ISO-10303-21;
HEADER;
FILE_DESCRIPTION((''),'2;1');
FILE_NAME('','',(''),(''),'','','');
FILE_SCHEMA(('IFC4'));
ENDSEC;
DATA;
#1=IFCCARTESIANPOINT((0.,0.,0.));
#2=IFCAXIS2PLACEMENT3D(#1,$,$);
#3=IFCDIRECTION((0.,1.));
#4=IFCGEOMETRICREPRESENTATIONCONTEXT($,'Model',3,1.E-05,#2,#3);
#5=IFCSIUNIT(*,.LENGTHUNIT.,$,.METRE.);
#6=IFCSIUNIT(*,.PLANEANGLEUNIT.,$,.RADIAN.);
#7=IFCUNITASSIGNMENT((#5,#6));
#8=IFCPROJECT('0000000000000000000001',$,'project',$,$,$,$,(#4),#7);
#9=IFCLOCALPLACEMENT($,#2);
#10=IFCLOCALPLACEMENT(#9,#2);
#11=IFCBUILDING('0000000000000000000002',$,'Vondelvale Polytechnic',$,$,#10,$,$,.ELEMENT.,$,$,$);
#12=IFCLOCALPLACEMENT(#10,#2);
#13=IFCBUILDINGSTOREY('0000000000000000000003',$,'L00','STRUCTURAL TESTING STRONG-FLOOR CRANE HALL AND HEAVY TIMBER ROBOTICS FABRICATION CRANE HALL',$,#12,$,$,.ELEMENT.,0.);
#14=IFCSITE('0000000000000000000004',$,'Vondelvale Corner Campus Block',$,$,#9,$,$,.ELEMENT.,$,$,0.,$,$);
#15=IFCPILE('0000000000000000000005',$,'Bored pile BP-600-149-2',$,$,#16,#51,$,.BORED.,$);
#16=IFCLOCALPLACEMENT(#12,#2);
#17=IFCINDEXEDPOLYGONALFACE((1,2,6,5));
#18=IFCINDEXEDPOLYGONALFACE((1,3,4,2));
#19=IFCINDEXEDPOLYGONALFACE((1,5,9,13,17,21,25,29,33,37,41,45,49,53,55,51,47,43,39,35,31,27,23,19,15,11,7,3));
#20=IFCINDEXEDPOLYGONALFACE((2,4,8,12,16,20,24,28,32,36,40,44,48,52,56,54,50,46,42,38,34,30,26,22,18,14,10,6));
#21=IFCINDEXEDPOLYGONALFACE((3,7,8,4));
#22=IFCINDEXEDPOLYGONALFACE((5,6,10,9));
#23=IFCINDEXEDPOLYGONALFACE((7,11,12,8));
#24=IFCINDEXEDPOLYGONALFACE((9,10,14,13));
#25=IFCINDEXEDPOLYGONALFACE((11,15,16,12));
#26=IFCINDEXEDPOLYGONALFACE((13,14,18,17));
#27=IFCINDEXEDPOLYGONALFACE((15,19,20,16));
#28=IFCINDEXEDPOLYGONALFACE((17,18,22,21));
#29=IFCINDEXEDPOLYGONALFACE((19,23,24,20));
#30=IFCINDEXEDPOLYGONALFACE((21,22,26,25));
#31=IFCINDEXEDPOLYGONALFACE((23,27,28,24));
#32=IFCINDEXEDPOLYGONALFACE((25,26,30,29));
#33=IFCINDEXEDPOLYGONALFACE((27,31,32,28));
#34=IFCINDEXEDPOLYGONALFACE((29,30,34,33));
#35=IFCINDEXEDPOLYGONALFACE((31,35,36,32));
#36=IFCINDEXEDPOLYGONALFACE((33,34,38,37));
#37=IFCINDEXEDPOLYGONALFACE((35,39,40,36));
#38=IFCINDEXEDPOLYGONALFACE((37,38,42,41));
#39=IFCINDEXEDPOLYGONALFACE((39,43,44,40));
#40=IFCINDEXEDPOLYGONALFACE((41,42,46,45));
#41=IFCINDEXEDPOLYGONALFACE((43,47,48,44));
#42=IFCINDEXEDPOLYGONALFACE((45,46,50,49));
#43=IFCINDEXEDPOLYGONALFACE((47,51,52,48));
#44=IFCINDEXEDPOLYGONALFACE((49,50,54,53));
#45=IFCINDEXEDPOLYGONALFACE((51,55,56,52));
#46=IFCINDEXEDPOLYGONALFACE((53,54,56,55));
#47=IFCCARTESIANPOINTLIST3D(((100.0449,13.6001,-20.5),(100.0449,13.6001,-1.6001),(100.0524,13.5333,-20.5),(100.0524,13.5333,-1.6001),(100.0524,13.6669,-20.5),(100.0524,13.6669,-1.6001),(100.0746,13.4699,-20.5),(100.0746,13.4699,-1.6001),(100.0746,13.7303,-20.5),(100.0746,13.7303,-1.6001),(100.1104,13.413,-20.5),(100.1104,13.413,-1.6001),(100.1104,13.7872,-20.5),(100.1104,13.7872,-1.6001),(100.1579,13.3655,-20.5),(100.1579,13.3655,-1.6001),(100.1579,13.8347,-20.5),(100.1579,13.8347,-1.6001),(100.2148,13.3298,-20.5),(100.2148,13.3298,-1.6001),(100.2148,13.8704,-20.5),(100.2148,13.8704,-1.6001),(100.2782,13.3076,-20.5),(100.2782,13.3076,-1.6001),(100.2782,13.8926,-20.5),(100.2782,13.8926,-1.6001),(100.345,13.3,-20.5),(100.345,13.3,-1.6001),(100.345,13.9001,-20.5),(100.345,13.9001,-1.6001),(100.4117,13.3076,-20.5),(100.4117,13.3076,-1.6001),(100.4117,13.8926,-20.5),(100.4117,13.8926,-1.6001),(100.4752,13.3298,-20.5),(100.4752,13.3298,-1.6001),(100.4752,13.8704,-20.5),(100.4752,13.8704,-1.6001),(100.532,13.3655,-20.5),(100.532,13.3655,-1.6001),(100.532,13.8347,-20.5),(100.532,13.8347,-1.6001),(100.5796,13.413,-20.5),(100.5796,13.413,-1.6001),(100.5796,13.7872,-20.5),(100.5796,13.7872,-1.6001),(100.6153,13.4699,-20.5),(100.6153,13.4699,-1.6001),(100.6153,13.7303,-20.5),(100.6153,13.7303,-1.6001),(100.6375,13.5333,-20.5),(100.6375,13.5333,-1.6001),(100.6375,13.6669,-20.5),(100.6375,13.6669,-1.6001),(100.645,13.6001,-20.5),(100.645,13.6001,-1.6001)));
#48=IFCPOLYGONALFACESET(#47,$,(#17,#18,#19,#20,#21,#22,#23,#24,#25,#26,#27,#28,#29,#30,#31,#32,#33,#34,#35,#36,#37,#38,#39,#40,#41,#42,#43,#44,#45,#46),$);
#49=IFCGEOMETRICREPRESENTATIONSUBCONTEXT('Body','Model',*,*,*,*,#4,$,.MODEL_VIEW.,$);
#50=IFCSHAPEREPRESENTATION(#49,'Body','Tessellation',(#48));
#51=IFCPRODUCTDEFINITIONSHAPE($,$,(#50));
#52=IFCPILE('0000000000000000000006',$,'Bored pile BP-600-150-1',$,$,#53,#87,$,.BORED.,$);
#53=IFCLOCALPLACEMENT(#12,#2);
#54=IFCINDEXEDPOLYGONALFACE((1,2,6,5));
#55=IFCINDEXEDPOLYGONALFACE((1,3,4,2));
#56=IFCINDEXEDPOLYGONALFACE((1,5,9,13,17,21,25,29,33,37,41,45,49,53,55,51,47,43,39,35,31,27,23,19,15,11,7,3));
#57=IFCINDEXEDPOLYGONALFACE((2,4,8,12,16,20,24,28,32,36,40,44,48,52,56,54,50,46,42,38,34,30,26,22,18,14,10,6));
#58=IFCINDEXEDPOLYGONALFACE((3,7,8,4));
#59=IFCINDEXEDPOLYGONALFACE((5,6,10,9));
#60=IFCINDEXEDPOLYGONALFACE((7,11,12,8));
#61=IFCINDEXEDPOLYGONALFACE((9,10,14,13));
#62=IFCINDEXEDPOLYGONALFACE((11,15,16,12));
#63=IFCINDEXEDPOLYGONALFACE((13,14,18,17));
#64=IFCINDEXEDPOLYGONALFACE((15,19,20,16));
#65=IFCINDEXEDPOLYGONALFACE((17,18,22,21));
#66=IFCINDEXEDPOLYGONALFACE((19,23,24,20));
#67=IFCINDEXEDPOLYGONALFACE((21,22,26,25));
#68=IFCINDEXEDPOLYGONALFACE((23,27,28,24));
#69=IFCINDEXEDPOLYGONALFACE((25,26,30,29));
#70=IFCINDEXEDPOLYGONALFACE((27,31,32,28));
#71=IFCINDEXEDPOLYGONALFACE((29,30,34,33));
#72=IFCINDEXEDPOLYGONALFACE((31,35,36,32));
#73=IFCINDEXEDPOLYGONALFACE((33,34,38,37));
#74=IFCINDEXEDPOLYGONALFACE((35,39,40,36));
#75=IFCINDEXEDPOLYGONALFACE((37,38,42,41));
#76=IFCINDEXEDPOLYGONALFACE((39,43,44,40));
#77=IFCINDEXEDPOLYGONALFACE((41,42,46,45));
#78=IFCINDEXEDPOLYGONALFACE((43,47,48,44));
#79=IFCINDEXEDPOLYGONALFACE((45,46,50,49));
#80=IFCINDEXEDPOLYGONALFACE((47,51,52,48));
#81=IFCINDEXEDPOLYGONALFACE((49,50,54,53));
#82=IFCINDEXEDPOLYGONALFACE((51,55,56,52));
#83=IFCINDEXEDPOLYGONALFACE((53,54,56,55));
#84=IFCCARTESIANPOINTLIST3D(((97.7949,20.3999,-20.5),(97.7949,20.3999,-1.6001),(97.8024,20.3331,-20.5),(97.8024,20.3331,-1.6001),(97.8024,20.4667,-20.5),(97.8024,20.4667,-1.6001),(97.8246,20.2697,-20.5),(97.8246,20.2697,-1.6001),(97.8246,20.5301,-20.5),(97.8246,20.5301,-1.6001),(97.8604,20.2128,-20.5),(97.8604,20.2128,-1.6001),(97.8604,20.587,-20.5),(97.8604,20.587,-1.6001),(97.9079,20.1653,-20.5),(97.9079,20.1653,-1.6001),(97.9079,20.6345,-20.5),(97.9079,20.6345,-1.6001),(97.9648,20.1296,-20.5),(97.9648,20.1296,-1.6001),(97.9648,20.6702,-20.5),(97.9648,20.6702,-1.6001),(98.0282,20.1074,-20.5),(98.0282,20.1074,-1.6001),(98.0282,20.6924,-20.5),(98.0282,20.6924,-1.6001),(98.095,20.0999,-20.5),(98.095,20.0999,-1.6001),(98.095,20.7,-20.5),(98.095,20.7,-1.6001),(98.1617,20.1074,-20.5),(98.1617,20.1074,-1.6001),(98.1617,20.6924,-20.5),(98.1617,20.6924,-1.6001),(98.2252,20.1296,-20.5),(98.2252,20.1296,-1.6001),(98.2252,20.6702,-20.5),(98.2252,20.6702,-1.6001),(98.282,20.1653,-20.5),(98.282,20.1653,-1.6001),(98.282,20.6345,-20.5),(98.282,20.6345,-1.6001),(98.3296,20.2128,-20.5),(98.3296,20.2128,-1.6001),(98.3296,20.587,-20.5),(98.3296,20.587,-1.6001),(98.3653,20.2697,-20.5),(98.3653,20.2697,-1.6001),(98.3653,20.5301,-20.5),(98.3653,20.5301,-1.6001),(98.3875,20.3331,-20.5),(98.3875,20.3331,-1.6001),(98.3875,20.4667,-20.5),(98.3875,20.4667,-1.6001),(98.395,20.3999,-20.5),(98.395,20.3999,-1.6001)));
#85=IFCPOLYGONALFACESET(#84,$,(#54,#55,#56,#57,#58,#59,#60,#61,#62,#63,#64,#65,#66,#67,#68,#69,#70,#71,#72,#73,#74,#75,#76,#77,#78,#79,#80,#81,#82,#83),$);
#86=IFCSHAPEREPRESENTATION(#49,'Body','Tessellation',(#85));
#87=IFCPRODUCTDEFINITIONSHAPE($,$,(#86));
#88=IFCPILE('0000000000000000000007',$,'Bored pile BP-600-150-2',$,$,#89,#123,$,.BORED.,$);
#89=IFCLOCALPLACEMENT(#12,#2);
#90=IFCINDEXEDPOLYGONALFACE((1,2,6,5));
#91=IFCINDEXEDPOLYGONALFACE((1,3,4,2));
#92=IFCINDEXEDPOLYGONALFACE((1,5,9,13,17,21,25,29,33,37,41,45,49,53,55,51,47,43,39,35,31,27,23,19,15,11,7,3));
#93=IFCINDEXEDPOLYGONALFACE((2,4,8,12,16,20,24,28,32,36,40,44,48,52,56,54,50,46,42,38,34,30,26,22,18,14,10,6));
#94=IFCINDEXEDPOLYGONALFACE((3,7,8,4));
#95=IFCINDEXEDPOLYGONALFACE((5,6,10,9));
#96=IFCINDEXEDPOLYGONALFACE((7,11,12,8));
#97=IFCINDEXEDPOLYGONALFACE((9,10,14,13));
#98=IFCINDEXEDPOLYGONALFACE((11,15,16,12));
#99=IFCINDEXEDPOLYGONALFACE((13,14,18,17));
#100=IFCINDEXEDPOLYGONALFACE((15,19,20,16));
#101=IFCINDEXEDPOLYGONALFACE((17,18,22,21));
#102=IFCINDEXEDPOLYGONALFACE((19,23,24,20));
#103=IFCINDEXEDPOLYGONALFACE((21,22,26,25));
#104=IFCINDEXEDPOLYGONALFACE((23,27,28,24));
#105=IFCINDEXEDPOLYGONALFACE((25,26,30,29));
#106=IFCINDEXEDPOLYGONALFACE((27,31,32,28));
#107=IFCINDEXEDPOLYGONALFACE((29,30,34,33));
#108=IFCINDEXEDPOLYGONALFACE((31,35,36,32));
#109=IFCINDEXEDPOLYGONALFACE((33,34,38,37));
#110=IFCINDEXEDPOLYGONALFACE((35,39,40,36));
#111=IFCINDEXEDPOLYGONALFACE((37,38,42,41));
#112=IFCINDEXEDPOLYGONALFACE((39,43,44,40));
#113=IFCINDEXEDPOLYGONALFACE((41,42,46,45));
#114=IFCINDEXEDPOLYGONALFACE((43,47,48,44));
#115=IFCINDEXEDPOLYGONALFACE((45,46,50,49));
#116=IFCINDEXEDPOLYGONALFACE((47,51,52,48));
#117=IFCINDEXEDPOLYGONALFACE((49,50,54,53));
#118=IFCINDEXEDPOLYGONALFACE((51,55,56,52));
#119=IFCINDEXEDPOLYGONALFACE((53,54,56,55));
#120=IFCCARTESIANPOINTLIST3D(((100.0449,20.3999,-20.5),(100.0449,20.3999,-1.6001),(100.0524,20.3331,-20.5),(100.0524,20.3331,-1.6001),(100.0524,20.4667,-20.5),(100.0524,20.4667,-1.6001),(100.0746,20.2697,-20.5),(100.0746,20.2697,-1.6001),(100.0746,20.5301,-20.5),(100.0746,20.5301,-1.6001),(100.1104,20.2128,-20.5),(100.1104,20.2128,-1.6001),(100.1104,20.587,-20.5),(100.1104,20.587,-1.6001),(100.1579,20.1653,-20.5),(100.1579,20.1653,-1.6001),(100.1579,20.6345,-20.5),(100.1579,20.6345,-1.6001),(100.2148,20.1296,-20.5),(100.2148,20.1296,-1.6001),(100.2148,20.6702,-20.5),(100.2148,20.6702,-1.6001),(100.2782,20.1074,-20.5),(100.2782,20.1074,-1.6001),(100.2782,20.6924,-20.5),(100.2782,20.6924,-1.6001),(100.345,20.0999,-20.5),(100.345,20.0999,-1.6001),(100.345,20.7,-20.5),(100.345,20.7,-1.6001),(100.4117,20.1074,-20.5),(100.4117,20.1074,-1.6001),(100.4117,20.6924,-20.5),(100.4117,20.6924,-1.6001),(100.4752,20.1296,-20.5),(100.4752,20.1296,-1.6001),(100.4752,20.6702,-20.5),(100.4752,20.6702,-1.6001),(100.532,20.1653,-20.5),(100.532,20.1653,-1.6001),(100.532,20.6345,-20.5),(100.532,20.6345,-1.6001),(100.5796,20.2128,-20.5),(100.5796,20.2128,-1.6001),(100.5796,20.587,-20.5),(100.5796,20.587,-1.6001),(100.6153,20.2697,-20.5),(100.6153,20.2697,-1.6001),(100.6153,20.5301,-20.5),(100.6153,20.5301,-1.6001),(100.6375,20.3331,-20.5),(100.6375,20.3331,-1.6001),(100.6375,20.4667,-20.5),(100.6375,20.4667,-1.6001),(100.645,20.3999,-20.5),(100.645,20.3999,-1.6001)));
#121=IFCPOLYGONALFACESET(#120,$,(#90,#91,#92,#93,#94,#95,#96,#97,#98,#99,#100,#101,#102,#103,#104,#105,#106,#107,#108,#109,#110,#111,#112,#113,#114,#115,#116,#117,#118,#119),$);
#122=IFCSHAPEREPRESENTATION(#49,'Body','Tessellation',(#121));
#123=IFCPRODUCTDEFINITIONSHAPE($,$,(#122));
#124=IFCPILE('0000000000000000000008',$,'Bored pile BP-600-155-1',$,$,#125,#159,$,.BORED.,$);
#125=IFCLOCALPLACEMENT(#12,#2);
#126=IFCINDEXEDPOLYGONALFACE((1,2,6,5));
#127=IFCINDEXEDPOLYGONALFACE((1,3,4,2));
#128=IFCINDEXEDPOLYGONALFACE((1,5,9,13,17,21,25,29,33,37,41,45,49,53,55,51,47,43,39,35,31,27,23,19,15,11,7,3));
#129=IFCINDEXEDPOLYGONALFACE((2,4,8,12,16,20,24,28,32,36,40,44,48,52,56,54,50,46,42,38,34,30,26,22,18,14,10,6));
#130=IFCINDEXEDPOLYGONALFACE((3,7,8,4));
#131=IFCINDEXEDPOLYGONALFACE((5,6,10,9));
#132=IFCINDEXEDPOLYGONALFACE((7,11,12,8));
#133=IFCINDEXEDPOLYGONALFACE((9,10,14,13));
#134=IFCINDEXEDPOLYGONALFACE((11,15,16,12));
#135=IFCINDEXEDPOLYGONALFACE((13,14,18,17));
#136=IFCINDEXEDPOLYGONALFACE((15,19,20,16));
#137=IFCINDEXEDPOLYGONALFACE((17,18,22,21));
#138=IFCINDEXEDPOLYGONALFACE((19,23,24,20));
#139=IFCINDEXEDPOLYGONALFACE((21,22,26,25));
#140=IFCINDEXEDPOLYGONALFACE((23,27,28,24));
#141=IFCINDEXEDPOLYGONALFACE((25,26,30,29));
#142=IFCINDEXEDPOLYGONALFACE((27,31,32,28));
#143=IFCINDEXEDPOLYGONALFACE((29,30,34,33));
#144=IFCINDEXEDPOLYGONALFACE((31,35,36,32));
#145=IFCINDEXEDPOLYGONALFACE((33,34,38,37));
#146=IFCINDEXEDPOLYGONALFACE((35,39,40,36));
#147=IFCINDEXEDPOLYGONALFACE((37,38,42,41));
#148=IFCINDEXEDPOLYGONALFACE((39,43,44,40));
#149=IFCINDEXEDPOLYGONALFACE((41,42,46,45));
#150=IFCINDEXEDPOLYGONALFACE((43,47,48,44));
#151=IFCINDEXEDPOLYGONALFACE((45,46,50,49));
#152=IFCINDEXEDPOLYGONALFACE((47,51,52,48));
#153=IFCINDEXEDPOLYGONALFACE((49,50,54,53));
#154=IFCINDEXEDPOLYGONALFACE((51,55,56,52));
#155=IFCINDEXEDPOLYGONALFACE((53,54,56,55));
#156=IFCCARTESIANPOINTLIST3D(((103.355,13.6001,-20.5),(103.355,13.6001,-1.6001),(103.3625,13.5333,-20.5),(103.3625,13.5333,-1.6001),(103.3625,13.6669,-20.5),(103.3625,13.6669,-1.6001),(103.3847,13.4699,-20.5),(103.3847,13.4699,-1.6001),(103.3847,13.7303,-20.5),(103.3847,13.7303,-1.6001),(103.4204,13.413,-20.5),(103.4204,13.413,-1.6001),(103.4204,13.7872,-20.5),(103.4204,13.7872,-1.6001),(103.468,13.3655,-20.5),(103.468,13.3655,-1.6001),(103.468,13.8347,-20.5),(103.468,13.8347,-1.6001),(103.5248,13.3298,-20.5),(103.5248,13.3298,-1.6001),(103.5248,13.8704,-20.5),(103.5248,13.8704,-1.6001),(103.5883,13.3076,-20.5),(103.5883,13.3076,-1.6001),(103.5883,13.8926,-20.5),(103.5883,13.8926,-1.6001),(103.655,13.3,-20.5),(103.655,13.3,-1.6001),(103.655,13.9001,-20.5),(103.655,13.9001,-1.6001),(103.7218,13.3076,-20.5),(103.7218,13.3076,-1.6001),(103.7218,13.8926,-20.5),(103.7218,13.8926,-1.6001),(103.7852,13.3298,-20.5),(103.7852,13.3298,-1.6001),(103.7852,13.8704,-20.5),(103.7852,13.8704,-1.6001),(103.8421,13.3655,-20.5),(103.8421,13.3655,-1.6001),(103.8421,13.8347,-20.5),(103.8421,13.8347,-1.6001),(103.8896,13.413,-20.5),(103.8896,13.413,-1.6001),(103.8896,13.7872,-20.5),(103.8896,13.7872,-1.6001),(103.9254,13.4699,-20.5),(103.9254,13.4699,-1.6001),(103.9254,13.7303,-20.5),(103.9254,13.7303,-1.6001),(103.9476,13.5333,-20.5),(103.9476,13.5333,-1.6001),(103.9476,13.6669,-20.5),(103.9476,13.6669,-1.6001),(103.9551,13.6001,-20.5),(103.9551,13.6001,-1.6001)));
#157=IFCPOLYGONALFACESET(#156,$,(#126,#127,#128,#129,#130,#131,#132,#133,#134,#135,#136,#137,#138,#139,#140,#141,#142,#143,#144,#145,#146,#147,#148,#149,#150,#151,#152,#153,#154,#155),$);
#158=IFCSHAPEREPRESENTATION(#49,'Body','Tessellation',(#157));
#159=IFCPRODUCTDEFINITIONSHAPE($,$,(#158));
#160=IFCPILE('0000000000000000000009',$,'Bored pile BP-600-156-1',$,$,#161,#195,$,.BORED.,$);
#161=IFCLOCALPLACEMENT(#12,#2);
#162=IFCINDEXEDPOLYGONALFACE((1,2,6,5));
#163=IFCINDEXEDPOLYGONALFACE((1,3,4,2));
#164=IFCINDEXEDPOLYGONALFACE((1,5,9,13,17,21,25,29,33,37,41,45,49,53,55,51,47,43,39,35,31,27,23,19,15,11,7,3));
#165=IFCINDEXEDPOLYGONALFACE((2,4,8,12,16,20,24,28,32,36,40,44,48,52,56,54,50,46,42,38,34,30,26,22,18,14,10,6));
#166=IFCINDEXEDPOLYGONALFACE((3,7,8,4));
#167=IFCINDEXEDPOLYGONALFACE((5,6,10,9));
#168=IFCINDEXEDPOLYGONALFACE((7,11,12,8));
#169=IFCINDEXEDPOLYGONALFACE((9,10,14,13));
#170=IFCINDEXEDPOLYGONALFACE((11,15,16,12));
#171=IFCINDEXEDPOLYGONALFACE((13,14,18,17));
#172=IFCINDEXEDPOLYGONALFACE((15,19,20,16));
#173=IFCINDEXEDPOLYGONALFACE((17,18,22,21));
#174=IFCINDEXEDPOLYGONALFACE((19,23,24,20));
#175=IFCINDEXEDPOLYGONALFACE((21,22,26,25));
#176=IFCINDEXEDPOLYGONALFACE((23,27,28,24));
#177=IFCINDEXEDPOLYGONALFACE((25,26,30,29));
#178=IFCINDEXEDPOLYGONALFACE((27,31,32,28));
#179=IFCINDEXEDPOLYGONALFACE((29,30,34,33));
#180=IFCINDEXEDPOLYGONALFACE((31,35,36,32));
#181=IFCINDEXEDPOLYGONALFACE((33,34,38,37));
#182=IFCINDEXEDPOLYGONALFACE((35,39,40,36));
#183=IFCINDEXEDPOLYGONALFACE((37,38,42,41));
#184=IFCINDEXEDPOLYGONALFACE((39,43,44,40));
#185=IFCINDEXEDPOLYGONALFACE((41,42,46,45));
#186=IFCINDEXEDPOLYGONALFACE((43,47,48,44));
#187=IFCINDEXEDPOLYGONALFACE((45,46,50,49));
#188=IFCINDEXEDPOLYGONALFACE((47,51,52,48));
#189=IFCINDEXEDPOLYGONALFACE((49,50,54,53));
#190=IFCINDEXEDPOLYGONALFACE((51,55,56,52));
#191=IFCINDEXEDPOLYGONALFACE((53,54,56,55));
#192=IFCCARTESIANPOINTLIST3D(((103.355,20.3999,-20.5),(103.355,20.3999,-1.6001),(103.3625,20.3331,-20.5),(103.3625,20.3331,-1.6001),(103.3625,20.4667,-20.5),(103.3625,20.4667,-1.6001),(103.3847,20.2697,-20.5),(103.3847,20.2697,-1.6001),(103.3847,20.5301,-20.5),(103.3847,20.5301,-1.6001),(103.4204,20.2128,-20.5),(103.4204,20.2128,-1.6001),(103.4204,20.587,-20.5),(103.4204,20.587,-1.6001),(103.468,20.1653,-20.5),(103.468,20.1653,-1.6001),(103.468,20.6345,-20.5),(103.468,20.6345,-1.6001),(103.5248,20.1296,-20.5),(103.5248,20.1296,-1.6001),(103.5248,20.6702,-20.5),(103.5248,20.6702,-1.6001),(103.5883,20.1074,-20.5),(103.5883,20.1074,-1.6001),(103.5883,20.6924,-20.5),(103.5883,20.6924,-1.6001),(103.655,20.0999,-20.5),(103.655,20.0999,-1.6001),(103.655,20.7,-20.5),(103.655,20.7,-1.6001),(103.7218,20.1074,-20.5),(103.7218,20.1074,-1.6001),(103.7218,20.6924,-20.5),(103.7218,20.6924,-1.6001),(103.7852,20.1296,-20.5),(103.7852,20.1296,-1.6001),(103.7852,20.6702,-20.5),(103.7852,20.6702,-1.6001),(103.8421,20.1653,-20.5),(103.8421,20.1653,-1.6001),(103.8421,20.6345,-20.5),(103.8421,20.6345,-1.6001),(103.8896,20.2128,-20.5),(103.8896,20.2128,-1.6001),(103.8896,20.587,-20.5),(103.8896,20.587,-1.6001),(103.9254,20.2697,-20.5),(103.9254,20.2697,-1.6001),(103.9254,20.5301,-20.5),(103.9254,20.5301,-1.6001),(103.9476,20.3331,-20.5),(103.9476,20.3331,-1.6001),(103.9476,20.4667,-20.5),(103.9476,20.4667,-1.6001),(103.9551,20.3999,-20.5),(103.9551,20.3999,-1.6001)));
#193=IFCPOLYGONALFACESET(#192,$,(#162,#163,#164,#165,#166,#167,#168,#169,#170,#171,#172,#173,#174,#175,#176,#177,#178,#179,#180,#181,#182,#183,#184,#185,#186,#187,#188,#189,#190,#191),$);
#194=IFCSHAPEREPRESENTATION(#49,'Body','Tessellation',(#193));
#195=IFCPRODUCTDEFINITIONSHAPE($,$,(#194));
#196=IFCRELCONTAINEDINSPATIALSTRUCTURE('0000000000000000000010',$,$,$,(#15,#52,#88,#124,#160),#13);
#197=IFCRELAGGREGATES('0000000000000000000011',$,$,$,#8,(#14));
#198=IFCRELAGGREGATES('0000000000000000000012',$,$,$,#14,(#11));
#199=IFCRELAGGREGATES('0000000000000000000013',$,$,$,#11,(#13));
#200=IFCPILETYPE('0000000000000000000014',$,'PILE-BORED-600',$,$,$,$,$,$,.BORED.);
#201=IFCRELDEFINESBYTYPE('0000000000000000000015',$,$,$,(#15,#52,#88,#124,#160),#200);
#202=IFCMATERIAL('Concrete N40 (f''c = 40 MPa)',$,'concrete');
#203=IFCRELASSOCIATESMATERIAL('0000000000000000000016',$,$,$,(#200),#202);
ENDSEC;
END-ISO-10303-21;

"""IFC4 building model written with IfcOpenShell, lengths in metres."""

from ifc_helpers import new_model, si_unit, direction, frame, origin, origin_2d, place, context, subcontext, project, spatial, circle, extrude, material, material_profile, profile_set, type_object, element, save


model = new_model("IFC4")

# Units and contexts
model_context = context("Model", 3, precision=1e-05, world=origin(), true_north=direction((0.0, 1.0)))
body_context = subcontext(model_context, "Body", "Model", "MODEL_VIEW")
ifc_project = project(units=[si_unit("LENGTHUNIT", "METRE"), si_unit("PLANEANGLEUNIT", "RADIAN")], contexts=[model_context])

# Site, building, storey
site_placement = place(None, origin())
site = spatial("IfcSite", under=ifc_project, at=site_placement, Name="Vondelvale Corner Campus Block", CompositionType="ELEMENT", RefElevation=0.0)
building_placement = place(site_placement, origin())
building = spatial("IfcBuilding", under=site, at=building_placement, Name="Vondelvale Polytechnic", CompositionType="ELEMENT")
storey_placement = place(building_placement, origin())
storey = spatial("IfcBuildingStorey", under=building, at=storey_placement, Name="L00", Description="STRUCTURAL TESTING STRONG-FLOOR CRANE HALL AND HEAVY TIMBER ROBOTICS FABRICATION CRANE HALL", CompositionType="ELEMENT", Elevation=0.0)

# Shared definitions
ifc_material_1 = material(Name="Concrete N40 (f'c = 40 MPa)", Category="concrete")

# Piles
ifc_material_profile_1 = material_profile(ifc_material_1, circle(Radius=0.3, at=origin_2d()), Name="PILE-D600")
ifc_profile_set_1 = profile_set([ifc_material_profile_1], Name="Concrete N40 (f'c = 40 MPa)")
pile_type = type_object("IfcPileType", Name="PILE-BORED-600", PredefinedType="BORED", material=ifc_profile_set_1)
for number, where, z_axis, x_axis, name in (
    (1, (100.345, 13.6001, -1.6001), (0.0, 0.0, -1.0), (1.0, 0.0, 0.0), "Bored pile BP-600-149-2"),
    (2, (98.095, 20.3999, -1.6001), (0.0, 0.0, -1.0), (1.0, 0.0, 0.0), "Bored pile BP-600-150-1"),
    (3, (100.345, 20.3999, -1.6001), (0.0, 0.0, -1.0), (1.0, 0.0, 0.0), "Bored pile BP-600-150-2"),
    (4, (103.655, 13.6001, -1.6001), (0.0, 0.0, -1.0), (1.0, 0.0, 0.0), "Bored pile BP-600-155-1"),
    (5, (103.655, 20.3999, -1.6001), (0.0, 0.0, -1.0), (1.0, 0.0, 0.0), "Bored pile BP-600-156-1"),
):
    element("IfcPile", number, at=place(storey_placement, frame(where, z_axis=z_axis, x_axis=x_axis)), inside=storey, type_object=pile_type, Name=name, PredefinedType="BORED", context=body_context, shape_type="SweptSolid", body=[
        extrude(circle(Radius=0.3, at=origin_2d()), origin(), (0.0, 0.0, 1.0), 18.8999),
    ])

save(model, "model.ifc")
